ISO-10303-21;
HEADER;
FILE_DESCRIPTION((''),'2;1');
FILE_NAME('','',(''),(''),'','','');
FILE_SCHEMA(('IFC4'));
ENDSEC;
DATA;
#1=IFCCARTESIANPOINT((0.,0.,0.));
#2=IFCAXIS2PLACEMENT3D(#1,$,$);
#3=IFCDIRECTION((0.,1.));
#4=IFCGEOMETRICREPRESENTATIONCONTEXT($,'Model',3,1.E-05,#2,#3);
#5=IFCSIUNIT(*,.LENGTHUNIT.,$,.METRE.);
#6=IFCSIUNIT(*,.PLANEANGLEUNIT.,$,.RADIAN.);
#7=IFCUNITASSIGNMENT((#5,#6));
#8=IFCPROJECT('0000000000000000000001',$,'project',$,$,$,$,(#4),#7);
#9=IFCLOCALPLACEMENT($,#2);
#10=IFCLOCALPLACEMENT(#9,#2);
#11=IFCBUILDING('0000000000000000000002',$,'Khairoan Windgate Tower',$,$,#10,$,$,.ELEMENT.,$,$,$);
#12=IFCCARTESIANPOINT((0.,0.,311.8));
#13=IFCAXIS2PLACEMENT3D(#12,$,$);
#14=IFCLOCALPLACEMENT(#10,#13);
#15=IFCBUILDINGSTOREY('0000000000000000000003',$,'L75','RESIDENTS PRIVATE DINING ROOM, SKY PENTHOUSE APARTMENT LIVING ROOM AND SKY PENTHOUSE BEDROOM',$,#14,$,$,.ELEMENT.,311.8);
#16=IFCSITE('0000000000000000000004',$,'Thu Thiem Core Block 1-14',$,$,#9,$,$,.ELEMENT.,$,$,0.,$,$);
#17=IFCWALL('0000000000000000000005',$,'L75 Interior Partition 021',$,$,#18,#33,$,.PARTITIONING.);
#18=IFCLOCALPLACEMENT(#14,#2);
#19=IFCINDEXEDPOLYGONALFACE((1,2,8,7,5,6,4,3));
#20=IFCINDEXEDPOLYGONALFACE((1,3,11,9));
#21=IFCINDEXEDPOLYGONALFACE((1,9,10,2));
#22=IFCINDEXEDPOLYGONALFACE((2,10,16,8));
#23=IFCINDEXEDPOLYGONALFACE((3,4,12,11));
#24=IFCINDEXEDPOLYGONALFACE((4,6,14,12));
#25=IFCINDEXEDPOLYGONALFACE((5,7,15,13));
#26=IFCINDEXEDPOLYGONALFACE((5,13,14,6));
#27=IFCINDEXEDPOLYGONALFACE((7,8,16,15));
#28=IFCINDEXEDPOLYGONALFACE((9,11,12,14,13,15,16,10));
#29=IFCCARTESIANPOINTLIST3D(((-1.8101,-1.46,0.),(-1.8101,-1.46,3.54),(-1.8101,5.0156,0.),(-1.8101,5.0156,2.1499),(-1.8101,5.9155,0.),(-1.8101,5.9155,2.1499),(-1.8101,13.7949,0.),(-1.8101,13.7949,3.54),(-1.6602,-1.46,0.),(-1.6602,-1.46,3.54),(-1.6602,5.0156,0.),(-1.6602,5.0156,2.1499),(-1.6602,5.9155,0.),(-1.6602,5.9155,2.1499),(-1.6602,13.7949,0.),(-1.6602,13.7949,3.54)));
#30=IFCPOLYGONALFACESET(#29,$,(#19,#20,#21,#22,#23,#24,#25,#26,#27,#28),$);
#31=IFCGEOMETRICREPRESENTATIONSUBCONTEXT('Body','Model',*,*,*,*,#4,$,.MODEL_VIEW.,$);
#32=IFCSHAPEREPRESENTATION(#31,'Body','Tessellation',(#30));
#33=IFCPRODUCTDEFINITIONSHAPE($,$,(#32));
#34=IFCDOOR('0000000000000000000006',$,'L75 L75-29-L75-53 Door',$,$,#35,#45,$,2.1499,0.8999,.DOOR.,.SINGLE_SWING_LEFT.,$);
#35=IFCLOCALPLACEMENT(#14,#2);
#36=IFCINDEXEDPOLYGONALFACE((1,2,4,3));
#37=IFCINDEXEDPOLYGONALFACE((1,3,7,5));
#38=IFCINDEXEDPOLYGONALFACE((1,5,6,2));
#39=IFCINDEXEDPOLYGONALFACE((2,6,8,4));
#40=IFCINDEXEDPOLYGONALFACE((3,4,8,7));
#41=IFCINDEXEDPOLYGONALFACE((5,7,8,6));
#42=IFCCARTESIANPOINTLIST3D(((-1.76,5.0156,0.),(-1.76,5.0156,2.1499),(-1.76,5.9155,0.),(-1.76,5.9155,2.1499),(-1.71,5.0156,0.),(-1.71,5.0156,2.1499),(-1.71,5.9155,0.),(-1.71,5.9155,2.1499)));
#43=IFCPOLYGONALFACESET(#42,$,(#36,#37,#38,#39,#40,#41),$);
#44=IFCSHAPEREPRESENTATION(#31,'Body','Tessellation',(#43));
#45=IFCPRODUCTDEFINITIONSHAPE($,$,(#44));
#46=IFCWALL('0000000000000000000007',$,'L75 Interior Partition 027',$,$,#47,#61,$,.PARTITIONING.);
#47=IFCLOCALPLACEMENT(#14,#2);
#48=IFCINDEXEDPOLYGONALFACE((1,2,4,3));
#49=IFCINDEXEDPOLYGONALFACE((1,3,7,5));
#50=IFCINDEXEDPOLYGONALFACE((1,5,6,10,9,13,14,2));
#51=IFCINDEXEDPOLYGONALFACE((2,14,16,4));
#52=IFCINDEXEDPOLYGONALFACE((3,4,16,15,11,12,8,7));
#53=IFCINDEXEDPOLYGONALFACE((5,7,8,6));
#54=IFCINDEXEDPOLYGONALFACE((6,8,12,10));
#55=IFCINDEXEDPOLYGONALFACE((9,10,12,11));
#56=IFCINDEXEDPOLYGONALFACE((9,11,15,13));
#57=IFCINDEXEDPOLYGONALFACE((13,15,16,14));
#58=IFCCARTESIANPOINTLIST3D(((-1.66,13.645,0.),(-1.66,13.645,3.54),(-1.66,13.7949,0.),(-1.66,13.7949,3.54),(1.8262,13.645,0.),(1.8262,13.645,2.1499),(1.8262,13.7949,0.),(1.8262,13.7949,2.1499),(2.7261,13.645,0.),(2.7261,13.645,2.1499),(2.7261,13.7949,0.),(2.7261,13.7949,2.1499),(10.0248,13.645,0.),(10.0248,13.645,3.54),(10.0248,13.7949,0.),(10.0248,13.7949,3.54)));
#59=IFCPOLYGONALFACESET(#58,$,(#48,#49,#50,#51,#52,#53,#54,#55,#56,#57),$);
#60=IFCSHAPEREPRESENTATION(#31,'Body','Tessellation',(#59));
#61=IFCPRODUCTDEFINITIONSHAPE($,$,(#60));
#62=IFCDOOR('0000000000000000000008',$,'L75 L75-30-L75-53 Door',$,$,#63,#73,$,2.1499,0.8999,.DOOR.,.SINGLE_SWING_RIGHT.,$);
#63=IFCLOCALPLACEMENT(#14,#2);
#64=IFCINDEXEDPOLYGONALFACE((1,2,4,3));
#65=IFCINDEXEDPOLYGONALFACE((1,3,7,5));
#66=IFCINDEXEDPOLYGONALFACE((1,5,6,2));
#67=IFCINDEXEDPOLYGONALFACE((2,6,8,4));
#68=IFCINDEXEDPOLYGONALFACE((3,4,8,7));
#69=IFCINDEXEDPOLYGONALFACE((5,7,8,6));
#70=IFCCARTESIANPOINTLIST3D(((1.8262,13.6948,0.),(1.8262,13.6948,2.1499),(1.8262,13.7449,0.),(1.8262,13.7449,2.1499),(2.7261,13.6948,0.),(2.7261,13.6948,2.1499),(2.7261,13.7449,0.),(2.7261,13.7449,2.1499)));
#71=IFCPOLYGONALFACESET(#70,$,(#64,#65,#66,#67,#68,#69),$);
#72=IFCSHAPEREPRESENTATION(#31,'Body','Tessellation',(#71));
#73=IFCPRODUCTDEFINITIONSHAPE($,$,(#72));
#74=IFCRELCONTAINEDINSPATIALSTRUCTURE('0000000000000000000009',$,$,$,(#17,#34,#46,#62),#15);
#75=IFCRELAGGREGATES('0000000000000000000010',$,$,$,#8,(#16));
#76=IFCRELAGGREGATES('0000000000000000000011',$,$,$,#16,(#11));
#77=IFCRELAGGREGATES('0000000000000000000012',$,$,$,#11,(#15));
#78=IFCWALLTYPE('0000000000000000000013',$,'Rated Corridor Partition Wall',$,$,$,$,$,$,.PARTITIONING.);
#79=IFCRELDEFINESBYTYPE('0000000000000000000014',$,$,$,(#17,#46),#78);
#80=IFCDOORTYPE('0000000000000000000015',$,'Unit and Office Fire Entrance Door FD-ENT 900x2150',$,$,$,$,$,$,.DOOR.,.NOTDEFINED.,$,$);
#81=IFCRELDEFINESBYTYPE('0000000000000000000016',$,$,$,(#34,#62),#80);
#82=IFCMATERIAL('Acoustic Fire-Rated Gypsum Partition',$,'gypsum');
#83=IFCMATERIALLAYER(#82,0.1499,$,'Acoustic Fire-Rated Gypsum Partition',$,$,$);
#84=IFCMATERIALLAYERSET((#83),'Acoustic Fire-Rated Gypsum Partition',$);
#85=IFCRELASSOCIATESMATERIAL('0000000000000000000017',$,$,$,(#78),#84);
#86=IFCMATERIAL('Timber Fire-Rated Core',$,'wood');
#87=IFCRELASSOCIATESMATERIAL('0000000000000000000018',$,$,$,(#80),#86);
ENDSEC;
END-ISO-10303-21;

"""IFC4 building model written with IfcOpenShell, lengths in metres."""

from ifc_helpers import new_model, si_unit, direction, frame, frame_2d, origin, place, context, subcontext, project, spatial, rectangle, extrude, material, layer, layer_set, type_object, element, fill, save


model = new_model("IFC4")

# Units and contexts
model_context = context("Model", 3, precision=1e-05, world=origin(), true_north=direction((0.0, 1.0)))
body_context = subcontext(model_context, "Body", "Model", "MODEL_VIEW")
ifc_project = project(units=[si_unit("LENGTHUNIT", "METRE"), si_unit("PLANEANGLEUNIT", "RADIAN")], contexts=[model_context])

# Site, building, storey
site_placement = place(None, origin())
site = spatial("IfcSite", under=ifc_project, at=site_placement, Name="Thu Thiem Core Block 1-14", CompositionType="ELEMENT", RefElevation=0.0)
building_placement = place(site_placement, origin())
building = spatial("IfcBuilding", under=site, at=building_placement, Name="Khairoan Windgate Tower", CompositionType="ELEMENT")
storey_placement = place(building_placement, frame((0.0, 0.0, 311.8)))
storey = spatial("IfcBuildingStorey", under=building, at=storey_placement, Name="L75", Description="RESIDENTS PRIVATE DINING ROOM, SKY PENTHOUSE APARTMENT LIVING ROOM AND SKY PENTHOUSE BEDROOM", CompositionType="ELEMENT", Elevation=311.8)

# Walls, openings, doors
ifc_material_1 = material(Name="Acoustic Fire-Rated Gypsum Partition", Category="gypsum")
ifc_layer_1 = layer(ifc_material_1, 0.1499, Name="Acoustic Fire-Rated Gypsum Partition")
ifc_layer_set_1 = layer_set([ifc_layer_1], Name="Acoustic Fire-Rated Gypsum Partition")
wall_type_1 = type_object("IfcWallType", Name="Rated Corridor Partition Wall", PredefinedType="PARTITIONING", material=ifc_layer_set_1)
ifc_material_2 = material(Name="Timber Fire-Rated Core", Category="wood")
door_type = type_object("IfcDoorType", Name="Unit and Office Fire Entrance Door FD-ENT 900x2150", OperationType="NOTDEFINED", PredefinedType="DOOR", material=ifc_material_2)
wall_1_placement = place(storey_placement, frame((-1.7351, -1.46, 0.0), z_axis=(0.0, 0.0, 1.0), x_axis=(0.0, 1.0, 0.0)))
wall_1 = element("IfcWall", 1, at=wall_1_placement, inside=storey, type_object=wall_type_1, Name="L75 Interior Partition 021", PredefinedType="PARTITIONING", context=body_context, shape_type="SweptSolid", body=[
    extrude(rectangle(XDim=15.2549, YDim=0.1499, at=frame_2d((7.6274, 0.0))), origin(), (0.0, 0.0, 1.0), 3.54),
])
opening_1_placement = place(wall_1_placement, frame((6.4756, 0.0, 0.0)))
opening_1 = element("IfcOpeningElement", 2, at=opening_1_placement, cuts=wall_1, PredefinedType="OPENING", context=body_context, shape_type="SweptSolid", body=[
    extrude(rectangle(XDim=0.8999, YDim=2.1499, at=frame_2d((0.45, 1.075))), frame((0.0, 0.085, 0.0), z_axis=(0.0, -1.0, 0.0), x_axis=(1.0, 0.0, 0.0)), (0.0, 0.0, 1.0), 0.1699),
])
door_1_placement = place(opening_1_placement, origin())
door_1 = element("IfcDoor", 3, at=door_1_placement, inside=storey, type_object=door_type, Name="L75 L75-29-L75-53 Door", OperationType="SINGLE_SWING_LEFT", OverallHeight=2.1499, OverallWidth=0.8999, PredefinedType="DOOR", context=body_context, shape_type="SweptSolid", body=[
    extrude(rectangle(XDim=0.8999, YDim=2.1499, at=frame_2d((0.45, 1.075))), frame((0.0, 0.0249, 0.0), z_axis=(0.0, -1.0, 0.0), x_axis=(1.0, 0.0, 0.0)), (0.0, 0.0, 1.0), 0.05),
])
fill(opening_1, door_1)
wall_2_placement = place(storey_placement, frame((-1.6599, 13.72, 0.0), z_axis=(0.0, 0.0, 1.0), x_axis=(1.0, 0.0, 0.0)))
wall_2 = element("IfcWall", 4, at=wall_2_placement, inside=storey, type_object=wall_type_1, Name="L75 Interior Partition 027", PredefinedType="PARTITIONING", context=body_context, shape_type="SweptSolid", body=[
    extrude(rectangle(XDim=11.6848, YDim=0.1499, at=frame_2d((5.8423, 0.0))), origin(), (0.0, 0.0, 1.0), 3.54),
])
opening_2_placement = place(wall_2_placement, frame((3.4861, 0.0, 0.0)))
opening_2 = element("IfcOpeningElement", 5, at=opening_2_placement, cuts=wall_2, PredefinedType="OPENING", context=body_context, shape_type="SweptSolid", body=[
    extrude(rectangle(XDim=0.8999, YDim=2.1499, at=frame_2d((0.45, 1.075))), frame((0.0, 0.085, 0.0), z_axis=(0.0, -1.0, 0.0), x_axis=(1.0, 0.0, 0.0)), (0.0, 0.0, 1.0), 0.1699),
])
door_2_placement = place(opening_2_placement, origin())
door_2 = element("IfcDoor", 6, at=door_2_placement, inside=storey, type_object=door_type, Name="L75 L75-30-L75-53 Door", OperationType="SINGLE_SWING_RIGHT", OverallHeight=2.1499, OverallWidth=0.8999, PredefinedType="DOOR", context=body_context, shape_type="SweptSolid", body=[
    extrude(rectangle(XDim=0.8999, YDim=2.1499, at=frame_2d((0.45, 1.075))), frame((0.0, 0.0249, 0.0), z_axis=(0.0, -1.0, 0.0), x_axis=(1.0, 0.0, 0.0)), (0.0, 0.0, 1.0), 0.05),
])
fill(opening_2, door_2)

save(model, "model.ifc")
